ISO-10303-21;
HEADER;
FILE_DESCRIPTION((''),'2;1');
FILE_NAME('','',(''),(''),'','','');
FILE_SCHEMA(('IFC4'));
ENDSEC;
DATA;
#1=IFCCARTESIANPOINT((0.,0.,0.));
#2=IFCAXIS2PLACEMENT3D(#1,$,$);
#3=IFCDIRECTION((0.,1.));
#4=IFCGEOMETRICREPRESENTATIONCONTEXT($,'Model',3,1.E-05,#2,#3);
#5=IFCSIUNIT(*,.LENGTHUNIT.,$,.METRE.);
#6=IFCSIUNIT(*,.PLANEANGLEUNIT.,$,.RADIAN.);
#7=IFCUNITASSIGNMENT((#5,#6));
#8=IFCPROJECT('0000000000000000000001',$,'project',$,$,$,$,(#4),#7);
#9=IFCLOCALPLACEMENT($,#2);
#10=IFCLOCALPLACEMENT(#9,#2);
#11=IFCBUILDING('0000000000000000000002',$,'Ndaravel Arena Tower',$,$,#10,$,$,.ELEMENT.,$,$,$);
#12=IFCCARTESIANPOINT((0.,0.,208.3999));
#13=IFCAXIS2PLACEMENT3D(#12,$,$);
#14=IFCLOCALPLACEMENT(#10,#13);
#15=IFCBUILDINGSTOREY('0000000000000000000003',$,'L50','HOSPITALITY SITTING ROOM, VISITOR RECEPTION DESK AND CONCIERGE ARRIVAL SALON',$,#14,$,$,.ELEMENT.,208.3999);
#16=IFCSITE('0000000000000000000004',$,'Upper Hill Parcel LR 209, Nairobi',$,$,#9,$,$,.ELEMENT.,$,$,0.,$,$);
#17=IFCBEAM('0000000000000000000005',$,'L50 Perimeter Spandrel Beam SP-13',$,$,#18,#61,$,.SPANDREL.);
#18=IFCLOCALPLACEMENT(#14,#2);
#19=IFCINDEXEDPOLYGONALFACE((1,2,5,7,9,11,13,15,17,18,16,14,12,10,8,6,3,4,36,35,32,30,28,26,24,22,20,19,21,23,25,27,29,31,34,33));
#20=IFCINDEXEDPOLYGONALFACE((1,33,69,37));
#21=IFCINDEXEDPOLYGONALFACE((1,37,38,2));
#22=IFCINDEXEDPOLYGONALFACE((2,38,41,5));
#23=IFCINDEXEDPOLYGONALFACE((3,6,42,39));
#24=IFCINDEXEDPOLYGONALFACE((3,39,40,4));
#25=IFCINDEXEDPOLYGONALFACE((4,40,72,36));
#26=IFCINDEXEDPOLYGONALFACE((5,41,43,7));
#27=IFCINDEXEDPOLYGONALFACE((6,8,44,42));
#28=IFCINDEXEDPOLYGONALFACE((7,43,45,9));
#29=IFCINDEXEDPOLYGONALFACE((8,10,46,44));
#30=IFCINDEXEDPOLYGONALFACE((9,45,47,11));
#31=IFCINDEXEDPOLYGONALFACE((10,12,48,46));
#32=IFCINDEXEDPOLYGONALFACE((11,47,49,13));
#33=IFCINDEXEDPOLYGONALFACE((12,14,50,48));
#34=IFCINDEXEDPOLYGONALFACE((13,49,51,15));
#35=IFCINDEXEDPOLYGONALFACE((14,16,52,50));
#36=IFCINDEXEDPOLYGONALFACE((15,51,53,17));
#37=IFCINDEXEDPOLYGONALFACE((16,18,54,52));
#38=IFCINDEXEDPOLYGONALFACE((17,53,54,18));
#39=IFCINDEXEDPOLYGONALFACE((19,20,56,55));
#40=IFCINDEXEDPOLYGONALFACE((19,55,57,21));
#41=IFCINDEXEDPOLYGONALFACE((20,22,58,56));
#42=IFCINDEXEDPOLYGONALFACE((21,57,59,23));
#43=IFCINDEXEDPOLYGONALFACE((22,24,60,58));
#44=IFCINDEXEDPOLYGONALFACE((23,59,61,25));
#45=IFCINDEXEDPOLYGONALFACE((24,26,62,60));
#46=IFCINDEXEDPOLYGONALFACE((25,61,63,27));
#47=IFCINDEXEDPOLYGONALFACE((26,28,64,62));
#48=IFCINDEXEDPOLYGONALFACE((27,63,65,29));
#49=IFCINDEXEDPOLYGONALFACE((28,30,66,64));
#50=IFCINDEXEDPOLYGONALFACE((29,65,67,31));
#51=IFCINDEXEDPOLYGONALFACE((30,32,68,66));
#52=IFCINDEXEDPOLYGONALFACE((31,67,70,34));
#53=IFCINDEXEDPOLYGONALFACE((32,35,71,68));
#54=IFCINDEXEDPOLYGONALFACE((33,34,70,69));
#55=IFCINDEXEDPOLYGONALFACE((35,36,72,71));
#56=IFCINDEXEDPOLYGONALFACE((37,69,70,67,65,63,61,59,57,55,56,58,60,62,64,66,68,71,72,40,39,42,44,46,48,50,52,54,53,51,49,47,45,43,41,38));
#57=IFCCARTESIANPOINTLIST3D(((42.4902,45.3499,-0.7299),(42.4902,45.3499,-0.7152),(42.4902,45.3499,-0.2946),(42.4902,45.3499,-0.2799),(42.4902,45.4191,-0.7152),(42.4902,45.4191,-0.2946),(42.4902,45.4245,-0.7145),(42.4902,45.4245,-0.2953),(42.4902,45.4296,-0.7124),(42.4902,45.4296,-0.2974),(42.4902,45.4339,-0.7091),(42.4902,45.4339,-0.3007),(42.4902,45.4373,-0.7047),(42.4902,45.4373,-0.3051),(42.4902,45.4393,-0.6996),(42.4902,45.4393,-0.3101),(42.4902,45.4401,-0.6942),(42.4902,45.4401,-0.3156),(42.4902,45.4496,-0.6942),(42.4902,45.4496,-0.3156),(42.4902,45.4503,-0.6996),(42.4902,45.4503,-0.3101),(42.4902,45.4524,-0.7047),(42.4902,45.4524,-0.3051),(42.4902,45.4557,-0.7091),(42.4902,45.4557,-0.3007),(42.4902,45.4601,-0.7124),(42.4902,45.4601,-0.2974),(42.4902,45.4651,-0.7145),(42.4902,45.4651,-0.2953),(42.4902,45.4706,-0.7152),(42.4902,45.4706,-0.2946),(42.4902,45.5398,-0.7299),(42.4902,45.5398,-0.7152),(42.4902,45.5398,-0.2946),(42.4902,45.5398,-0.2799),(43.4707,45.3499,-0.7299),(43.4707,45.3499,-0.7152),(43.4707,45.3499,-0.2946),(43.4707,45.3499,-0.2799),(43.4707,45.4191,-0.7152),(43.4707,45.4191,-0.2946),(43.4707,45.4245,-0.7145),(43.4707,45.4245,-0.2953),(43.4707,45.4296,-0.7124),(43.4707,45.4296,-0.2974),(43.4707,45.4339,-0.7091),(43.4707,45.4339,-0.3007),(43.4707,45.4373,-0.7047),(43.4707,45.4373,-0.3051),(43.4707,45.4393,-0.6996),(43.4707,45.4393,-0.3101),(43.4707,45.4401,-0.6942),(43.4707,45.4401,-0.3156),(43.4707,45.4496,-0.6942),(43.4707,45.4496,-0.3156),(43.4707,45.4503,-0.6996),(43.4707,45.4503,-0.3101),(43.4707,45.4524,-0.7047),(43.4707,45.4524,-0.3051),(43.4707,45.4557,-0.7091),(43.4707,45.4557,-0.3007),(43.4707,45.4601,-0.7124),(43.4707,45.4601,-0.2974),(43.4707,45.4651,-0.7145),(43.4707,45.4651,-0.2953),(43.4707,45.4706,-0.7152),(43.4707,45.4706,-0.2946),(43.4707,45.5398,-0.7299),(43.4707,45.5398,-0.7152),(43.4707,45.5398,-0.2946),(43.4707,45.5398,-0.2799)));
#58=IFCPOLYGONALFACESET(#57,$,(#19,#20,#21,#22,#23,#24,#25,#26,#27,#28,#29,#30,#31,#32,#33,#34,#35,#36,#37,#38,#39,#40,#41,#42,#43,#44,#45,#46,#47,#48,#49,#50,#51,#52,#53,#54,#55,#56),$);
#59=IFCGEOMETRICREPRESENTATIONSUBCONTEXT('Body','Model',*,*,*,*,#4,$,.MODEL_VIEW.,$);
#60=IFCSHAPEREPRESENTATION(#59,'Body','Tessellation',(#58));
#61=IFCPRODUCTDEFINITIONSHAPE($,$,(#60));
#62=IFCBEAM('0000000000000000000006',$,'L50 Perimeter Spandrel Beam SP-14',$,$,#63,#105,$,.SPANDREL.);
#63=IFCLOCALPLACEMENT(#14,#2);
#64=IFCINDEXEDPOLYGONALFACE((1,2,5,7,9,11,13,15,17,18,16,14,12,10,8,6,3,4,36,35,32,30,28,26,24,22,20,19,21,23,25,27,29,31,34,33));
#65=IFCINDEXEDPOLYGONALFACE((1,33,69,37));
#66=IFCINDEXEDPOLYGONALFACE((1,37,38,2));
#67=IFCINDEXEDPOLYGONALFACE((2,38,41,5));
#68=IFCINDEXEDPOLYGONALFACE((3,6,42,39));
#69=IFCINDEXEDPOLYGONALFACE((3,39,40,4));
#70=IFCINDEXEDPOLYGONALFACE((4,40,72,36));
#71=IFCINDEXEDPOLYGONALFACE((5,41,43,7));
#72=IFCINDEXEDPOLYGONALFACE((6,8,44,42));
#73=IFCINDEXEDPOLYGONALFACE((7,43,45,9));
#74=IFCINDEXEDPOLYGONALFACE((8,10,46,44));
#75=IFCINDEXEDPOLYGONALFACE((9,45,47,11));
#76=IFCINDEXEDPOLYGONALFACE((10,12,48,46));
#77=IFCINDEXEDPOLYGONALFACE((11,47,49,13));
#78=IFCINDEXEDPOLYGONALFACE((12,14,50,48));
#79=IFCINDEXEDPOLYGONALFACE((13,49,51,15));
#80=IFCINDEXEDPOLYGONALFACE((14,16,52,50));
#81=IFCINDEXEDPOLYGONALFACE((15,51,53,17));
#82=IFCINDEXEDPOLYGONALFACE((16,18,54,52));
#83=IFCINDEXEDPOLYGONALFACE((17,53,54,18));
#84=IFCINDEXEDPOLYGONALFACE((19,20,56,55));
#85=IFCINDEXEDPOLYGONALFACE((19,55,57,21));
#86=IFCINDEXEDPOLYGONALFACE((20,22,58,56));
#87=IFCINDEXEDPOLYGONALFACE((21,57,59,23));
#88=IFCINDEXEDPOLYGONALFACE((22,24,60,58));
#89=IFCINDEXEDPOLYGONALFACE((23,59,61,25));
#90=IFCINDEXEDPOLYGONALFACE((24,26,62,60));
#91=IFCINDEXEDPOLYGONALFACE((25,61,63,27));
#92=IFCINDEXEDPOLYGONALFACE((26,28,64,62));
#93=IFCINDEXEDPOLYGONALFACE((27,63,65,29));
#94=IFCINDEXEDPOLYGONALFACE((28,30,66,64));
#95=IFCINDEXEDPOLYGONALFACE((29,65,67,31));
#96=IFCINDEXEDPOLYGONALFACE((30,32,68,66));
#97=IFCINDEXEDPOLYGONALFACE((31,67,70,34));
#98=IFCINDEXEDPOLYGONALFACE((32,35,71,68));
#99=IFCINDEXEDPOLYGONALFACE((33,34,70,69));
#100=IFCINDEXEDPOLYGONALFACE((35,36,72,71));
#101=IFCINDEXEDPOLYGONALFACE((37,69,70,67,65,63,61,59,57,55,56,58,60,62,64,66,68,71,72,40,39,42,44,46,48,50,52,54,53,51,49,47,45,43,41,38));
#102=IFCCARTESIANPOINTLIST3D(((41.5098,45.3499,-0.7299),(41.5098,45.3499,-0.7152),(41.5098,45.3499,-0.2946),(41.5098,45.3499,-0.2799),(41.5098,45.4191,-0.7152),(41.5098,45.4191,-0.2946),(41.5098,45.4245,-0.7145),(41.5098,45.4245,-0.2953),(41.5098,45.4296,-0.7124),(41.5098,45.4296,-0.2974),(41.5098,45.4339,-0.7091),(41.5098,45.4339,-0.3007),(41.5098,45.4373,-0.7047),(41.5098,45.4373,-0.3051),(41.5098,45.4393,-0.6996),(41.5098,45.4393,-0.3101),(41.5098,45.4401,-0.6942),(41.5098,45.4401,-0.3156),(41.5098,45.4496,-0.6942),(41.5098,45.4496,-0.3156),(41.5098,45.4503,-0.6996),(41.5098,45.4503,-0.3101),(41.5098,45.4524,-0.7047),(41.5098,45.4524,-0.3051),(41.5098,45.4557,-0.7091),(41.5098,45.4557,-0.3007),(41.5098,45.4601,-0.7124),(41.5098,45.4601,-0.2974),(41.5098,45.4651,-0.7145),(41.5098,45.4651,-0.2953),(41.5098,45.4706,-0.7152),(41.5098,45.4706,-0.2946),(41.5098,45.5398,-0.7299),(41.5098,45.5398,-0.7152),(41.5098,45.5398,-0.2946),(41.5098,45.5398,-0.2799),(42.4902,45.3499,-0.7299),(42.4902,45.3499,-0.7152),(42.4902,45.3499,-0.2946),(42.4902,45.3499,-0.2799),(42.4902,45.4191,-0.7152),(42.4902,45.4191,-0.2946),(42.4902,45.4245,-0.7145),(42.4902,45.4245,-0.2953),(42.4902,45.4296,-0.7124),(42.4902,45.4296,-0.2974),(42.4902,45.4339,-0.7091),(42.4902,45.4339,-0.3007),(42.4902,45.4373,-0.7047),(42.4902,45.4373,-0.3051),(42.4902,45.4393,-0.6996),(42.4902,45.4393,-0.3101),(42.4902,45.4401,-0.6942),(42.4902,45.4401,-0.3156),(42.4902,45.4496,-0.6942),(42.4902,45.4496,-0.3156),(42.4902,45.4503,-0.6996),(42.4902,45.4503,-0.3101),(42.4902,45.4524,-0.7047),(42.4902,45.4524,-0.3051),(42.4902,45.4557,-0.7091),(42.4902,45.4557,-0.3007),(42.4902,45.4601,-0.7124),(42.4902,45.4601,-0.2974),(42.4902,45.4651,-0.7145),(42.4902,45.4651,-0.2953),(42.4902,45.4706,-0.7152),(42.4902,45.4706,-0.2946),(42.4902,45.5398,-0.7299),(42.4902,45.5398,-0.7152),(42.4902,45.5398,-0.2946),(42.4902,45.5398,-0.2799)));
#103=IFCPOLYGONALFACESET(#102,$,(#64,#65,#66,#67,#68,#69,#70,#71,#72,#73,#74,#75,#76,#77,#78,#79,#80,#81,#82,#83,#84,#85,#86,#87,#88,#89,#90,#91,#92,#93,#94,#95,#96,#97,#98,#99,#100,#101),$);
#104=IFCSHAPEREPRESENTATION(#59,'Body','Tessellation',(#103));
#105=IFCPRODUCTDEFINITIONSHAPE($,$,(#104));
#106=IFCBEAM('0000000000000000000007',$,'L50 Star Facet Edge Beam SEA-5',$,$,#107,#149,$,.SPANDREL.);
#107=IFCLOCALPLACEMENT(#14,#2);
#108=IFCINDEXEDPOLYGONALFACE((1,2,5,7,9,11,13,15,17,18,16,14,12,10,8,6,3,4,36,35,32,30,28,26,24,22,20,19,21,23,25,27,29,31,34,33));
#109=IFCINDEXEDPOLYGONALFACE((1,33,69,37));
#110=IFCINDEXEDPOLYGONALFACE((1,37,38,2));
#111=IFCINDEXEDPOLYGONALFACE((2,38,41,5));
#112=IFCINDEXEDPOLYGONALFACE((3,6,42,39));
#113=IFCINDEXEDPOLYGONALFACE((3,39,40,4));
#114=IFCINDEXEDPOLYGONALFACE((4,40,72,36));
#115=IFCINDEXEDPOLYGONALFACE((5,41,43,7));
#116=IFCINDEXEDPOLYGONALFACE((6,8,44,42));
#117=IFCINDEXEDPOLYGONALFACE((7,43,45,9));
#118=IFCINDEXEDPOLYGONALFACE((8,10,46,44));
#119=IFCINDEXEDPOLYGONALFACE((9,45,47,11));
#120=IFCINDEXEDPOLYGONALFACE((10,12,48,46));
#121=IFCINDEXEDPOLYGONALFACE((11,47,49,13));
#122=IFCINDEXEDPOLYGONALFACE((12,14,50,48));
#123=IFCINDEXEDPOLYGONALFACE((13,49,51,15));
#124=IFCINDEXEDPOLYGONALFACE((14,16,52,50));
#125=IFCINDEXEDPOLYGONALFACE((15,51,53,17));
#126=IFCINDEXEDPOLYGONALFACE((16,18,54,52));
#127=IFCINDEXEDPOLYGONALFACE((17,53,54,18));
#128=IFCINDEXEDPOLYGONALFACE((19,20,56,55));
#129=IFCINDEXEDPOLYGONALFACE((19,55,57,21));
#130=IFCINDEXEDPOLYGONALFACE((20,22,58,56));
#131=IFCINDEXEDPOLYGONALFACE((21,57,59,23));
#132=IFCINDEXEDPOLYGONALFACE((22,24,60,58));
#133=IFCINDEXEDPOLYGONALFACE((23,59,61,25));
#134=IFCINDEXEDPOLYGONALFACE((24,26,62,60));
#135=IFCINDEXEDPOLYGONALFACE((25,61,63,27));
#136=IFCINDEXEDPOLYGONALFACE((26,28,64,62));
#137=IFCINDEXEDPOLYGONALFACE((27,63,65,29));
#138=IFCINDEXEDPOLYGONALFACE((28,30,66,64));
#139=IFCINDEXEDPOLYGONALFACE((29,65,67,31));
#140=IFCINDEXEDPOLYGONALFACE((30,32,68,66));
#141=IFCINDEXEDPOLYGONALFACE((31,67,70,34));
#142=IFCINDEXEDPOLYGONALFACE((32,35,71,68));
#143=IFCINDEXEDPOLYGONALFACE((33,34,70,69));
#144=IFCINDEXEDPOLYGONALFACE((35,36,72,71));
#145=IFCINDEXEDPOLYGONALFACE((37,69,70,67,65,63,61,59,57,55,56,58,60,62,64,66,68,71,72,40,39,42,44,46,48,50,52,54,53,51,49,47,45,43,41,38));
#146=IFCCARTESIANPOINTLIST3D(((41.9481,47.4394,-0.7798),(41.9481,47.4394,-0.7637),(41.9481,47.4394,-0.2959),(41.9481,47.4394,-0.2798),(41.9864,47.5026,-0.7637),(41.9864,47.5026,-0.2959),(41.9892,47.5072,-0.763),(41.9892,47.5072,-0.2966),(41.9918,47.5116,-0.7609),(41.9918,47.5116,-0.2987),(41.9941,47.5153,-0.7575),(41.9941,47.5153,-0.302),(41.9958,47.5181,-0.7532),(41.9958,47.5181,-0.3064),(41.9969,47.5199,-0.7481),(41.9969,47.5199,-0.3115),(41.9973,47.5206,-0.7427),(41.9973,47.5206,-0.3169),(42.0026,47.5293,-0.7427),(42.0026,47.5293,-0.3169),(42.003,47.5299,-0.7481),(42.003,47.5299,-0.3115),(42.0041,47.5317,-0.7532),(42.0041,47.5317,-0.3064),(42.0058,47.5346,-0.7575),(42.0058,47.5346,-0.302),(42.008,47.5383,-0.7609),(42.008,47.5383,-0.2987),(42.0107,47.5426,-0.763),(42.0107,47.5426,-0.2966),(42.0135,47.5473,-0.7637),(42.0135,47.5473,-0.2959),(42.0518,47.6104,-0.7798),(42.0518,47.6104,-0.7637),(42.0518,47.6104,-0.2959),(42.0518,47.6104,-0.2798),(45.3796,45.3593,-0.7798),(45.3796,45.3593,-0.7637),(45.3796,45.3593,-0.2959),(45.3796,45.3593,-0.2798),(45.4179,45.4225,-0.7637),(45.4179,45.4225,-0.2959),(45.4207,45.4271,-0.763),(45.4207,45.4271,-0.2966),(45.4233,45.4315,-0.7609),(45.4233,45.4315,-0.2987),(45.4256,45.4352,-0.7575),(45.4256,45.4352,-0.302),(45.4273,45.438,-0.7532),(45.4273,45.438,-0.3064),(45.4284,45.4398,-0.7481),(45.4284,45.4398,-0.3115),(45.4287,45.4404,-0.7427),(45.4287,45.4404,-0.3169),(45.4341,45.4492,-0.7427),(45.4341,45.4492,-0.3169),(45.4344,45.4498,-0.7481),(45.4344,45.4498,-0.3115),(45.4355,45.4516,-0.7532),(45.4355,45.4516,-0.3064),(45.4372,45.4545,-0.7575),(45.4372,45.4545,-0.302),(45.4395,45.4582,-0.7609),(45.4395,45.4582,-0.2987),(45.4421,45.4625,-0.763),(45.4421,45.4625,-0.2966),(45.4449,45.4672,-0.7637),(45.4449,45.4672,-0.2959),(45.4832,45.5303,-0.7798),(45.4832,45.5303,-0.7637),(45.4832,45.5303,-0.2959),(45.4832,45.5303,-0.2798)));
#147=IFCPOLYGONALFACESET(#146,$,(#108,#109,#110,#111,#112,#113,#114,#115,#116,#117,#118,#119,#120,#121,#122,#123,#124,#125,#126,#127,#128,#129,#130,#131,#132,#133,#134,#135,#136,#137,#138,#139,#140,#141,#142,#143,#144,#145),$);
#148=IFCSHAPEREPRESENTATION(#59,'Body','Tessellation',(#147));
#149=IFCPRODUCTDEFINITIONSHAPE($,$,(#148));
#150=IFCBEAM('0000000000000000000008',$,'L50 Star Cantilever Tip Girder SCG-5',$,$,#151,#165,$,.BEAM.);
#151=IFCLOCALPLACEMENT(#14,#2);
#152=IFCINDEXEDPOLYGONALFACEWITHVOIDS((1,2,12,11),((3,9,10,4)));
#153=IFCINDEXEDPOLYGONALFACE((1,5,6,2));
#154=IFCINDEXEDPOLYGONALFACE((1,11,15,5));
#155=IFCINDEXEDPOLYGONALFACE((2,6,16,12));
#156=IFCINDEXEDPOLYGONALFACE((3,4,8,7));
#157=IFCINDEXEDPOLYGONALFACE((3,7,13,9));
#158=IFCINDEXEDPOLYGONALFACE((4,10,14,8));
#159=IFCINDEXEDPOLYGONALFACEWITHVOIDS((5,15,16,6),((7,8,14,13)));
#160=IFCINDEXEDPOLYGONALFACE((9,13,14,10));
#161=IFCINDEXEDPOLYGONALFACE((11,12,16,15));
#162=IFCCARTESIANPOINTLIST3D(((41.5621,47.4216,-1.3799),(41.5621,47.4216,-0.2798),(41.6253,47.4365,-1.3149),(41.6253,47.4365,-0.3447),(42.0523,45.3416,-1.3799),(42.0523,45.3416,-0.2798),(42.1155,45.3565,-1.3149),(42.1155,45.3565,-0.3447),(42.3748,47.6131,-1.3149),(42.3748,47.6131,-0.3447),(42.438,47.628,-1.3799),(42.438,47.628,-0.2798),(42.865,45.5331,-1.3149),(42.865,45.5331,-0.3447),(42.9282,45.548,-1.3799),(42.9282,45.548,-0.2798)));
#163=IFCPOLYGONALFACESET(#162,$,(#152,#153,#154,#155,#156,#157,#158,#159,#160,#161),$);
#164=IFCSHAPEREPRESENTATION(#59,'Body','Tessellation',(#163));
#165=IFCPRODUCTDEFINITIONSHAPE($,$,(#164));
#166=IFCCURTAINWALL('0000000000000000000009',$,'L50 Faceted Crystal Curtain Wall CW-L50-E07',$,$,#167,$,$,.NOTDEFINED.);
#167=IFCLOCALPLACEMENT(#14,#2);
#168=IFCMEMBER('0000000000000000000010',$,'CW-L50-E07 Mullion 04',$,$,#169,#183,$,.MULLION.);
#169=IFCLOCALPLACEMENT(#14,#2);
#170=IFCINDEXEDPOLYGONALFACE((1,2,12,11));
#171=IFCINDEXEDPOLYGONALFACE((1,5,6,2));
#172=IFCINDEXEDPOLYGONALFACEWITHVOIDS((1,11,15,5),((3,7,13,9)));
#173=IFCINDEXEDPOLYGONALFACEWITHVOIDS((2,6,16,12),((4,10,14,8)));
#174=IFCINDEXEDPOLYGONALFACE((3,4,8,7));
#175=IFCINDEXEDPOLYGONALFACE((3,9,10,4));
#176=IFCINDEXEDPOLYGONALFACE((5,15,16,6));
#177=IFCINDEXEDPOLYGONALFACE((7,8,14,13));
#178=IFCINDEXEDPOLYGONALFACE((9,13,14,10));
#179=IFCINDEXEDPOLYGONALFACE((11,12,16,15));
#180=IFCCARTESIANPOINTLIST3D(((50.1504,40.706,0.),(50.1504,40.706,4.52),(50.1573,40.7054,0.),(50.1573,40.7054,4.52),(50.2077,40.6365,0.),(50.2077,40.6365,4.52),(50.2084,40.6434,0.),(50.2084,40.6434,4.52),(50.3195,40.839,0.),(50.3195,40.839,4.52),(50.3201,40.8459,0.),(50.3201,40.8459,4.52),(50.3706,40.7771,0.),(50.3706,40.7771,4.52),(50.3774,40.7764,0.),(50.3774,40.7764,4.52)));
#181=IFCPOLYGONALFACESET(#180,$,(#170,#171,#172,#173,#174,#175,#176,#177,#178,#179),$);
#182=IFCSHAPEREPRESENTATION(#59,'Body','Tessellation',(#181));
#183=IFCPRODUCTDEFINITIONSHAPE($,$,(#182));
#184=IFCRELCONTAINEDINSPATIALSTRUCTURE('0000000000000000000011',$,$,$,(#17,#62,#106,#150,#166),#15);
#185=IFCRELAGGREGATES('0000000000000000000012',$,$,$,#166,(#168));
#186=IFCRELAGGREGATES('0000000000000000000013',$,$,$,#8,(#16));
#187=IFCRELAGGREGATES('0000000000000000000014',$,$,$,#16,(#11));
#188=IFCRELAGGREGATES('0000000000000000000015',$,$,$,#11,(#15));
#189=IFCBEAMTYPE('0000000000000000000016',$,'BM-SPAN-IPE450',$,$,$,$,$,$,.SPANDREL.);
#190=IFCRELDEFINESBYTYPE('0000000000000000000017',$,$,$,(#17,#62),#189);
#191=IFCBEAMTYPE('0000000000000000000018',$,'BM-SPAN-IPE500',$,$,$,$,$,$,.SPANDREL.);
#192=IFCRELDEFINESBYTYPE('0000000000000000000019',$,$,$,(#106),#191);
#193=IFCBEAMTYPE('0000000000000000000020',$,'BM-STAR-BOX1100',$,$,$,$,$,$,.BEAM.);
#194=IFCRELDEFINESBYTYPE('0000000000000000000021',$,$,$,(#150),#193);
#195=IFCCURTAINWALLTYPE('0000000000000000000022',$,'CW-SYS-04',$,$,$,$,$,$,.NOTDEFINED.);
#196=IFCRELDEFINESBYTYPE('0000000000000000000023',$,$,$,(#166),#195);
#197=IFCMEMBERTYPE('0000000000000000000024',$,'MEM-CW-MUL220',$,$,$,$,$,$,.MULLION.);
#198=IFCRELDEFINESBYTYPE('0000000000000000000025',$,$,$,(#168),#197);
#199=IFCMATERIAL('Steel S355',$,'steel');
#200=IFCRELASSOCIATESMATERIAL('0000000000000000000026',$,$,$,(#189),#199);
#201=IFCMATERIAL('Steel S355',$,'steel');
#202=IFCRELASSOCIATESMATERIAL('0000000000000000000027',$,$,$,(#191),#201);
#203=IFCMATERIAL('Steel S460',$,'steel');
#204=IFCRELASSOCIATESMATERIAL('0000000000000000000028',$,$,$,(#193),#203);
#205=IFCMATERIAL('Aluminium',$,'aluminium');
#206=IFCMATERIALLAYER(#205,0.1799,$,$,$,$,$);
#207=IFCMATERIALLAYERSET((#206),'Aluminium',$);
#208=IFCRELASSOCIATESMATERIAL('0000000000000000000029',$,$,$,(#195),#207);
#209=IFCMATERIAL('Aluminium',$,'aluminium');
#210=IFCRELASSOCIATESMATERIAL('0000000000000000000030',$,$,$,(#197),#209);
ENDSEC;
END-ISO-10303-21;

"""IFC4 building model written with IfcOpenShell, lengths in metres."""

from ifc_helpers import new_model, si_unit, direction, frame, origin, origin_2d, place, context, subcontext, project, spatial, hollow_rectangle, i_section, extrude, material, layer, layer_set, material_profile, profile_set, type_object, element, aggregate, save


model = new_model("IFC4")

# Units and contexts
model_context = context("Model", 3, precision=1e-05, world=origin(), true_north=direction((0.0, 1.0)))
body_context = subcontext(model_context, "Body", "Model", "MODEL_VIEW")
ifc_project = project(units=[si_unit("LENGTHUNIT", "METRE"), si_unit("PLANEANGLEUNIT", "RADIAN")], contexts=[model_context])

# Site, building, storey
site_placement = place(None, origin())
site = spatial("IfcSite", under=ifc_project, at=site_placement, Name="Upper Hill Parcel LR 209, Nairobi", CompositionType="ELEMENT", RefElevation=0.0)
building_placement = place(site_placement, origin())
building = spatial("IfcBuilding", under=site, at=building_placement, Name="Ndaravel Arena Tower", CompositionType="ELEMENT")
storey_placement = place(building_placement, frame((0.0, 0.0, 208.3999)))
storey = spatial("IfcBuildingStorey", under=building, at=storey_placement, Name="L50", Description="HOSPITALITY SITTING ROOM, VISITOR RECEPTION DESK AND CONCIERGE ARRIVAL SALON", CompositionType="ELEMENT", Elevation=208.3999)

# Beams
ifc_material_1 = material(Name="Steel S355", Category="steel")
ifc_material_profile_1 = material_profile(ifc_material_1, i_section(OverallWidth=0.1899, OverallDepth=0.45, WebThickness=0.0095, FlangeThickness=0.0146, FilletRadius=0.021, at=origin_2d()), Name="IPE 450")
ifc_profile_set_1 = profile_set([ifc_material_profile_1], Name="Steel S355")
beam_type_1 = type_object("IfcBeamType", Name="BM-SPAN-IPE450", PredefinedType="SPANDREL", material=ifc_profile_set_1)
for number, where, z_axis, x_axis, name in (
    (1, (43.4707, 45.4448, -0.5049), (-1.0, 0.0, 0.0), (0.0, -1.0, 0.0), "L50 Perimeter Spandrel Beam SP-13"),
    (2, (42.4902, 45.4448, -0.5049), (-1.0, 0.0, 0.0), (0.0, -1.0, 0.0), "L50 Perimeter Spandrel Beam SP-14"),
):
    element("IfcBeam", number, at=place(storey_placement, frame(where, z_axis=z_axis, x_axis=x_axis)), inside=storey, type_object=beam_type_1, Name=name, PredefinedType="SPANDREL", context=body_context, shape_type="SweptSolid", body=[
        extrude(i_section(OverallWidth=0.1899, OverallDepth=0.45, WebThickness=0.0095, FlangeThickness=0.0146, FilletRadius=0.021, at=origin_2d()), origin(), (0.0, 0.0, 1.0), 0.9805),
    ])
ifc_material_2 = material(Name="Steel S355", Category="steel")
ifc_material_profile_2 = material_profile(ifc_material_2, i_section(OverallWidth=0.2, OverallDepth=0.5, WebThickness=0.0103, FlangeThickness=0.0161, FilletRadius=0.021, at=origin_2d()), Name="IPE 500")
ifc_profile_set_2 = profile_set([ifc_material_profile_2], Name="Steel S355")
beam_type_2 = type_object("IfcBeamType", Name="BM-SPAN-IPE500", PredefinedType="SPANDREL", material=ifc_profile_set_2)
beam_1_placement = place(storey_placement, frame((45.4314, 45.4448, -0.5298), z_axis=(-0.855149, 0.518383, 0.0), x_axis=(-0.518383, -0.855149, 0.0)))
element("IfcBeam", 3, at=beam_1_placement, inside=storey, type_object=beam_type_2, Name="L50 Star Facet Edge Beam SEA-5", PredefinedType="SPANDREL", context=body_context, shape_type="SweptSolid", body=[
    extrude(i_section(OverallWidth=0.2, OverallDepth=0.5, WebThickness=0.0103, FlangeThickness=0.0161, FilletRadius=0.021, at=origin_2d()), origin(), (0.0, 0.0, 1.0), 4.0127),
])
ifc_material_3 = material(Name="Steel S460", Category="steel")
ifc_material_profile_3 = material_profile(ifc_material_3, hollow_rectangle(XDim=0.8999, YDim=1.1001, WallThickness=0.0649, at=origin_2d()), Name="BOX 1100x900x65")
ifc_profile_set_3 = profile_set([ifc_material_profile_3], Name="Steel S460")
beam_type_3 = type_object("IfcBeamType", Name="BM-STAR-BOX1100", PredefinedType="BEAM", material=ifc_profile_set_3)
beam_2_placement = place(storey_placement, frame((42.4902, 45.4448, -0.8298), z_axis=(-0.229396, 0.973333, 0.0), x_axis=(-0.973333, -0.229396, 0.0)))
element("IfcBeam", 4, at=beam_2_placement, inside=storey, type_object=beam_type_3, Name="L50 Star Cantilever Tip Girder SCG-5", PredefinedType="BEAM", context=body_context, shape_type="SweptSolid", body=[
    extrude(hollow_rectangle(XDim=0.8999, YDim=1.1001, WallThickness=0.0649, at=origin_2d()), origin(), (0.0, 0.0, 1.0), 2.137),
])

# Curtain wall, member
ifc_material_4 = material(Name="Aluminium", Category="aluminium")
ifc_layer_1 = layer(ifc_material_4, 0.1799)
ifc_layer_set_1 = layer_set([ifc_layer_1], Name="Aluminium")
curtain_wall_type = type_object("IfcCurtainWallType", Name="CW-SYS-04", PredefinedType="NOTDEFINED", material=ifc_layer_set_1)
curtain_wall_1_placement = place(storey_placement, origin())
curtain_wall_1 = element("IfcCurtainWall", 5, at=curtain_wall_1_placement, inside=storey, type_object=curtain_wall_type, Name="L50 Faceted Crystal Curtain Wall CW-L50-E07", PredefinedType="NOTDEFINED")
ifc_material_5 = material(Name="Aluminium", Category="aluminium")
ifc_material_profile_4 = material_profile(ifc_material_5, hollow_rectangle(XDim=0.0901, YDim=0.22, WallThickness=0.0049, at=origin_2d()), Name="CW MULLION 90x220x5")
ifc_profile_set_4 = profile_set([ifc_material_profile_4], Name="Aluminium")
member_type_1 = type_object("IfcMemberType", Name="MEM-CW-MUL220", PredefinedType="MULLION", material=ifc_profile_set_4)
member_1_placement = place(storey_placement, frame((50.2639, 40.7412, 0.0), z_axis=(0.0, 0.0, 1.0), x_axis=(-0.636024, 0.771669, 0.0)))
member_1 = element("IfcMember", 6, at=member_1_placement, type_object=member_type_1, Name="CW-L50-E07 Mullion 04", PredefinedType="MULLION", context=body_context, shape_type="SweptSolid", body=[
    extrude(hollow_rectangle(XDim=0.0901, YDim=0.22, WallThickness=0.0049, at=origin_2d()), origin(), (0.0, 0.0, 1.0), 4.52),
])

aggregate(curtain_wall_1, [member_1])

save(model, "model.ifc")
